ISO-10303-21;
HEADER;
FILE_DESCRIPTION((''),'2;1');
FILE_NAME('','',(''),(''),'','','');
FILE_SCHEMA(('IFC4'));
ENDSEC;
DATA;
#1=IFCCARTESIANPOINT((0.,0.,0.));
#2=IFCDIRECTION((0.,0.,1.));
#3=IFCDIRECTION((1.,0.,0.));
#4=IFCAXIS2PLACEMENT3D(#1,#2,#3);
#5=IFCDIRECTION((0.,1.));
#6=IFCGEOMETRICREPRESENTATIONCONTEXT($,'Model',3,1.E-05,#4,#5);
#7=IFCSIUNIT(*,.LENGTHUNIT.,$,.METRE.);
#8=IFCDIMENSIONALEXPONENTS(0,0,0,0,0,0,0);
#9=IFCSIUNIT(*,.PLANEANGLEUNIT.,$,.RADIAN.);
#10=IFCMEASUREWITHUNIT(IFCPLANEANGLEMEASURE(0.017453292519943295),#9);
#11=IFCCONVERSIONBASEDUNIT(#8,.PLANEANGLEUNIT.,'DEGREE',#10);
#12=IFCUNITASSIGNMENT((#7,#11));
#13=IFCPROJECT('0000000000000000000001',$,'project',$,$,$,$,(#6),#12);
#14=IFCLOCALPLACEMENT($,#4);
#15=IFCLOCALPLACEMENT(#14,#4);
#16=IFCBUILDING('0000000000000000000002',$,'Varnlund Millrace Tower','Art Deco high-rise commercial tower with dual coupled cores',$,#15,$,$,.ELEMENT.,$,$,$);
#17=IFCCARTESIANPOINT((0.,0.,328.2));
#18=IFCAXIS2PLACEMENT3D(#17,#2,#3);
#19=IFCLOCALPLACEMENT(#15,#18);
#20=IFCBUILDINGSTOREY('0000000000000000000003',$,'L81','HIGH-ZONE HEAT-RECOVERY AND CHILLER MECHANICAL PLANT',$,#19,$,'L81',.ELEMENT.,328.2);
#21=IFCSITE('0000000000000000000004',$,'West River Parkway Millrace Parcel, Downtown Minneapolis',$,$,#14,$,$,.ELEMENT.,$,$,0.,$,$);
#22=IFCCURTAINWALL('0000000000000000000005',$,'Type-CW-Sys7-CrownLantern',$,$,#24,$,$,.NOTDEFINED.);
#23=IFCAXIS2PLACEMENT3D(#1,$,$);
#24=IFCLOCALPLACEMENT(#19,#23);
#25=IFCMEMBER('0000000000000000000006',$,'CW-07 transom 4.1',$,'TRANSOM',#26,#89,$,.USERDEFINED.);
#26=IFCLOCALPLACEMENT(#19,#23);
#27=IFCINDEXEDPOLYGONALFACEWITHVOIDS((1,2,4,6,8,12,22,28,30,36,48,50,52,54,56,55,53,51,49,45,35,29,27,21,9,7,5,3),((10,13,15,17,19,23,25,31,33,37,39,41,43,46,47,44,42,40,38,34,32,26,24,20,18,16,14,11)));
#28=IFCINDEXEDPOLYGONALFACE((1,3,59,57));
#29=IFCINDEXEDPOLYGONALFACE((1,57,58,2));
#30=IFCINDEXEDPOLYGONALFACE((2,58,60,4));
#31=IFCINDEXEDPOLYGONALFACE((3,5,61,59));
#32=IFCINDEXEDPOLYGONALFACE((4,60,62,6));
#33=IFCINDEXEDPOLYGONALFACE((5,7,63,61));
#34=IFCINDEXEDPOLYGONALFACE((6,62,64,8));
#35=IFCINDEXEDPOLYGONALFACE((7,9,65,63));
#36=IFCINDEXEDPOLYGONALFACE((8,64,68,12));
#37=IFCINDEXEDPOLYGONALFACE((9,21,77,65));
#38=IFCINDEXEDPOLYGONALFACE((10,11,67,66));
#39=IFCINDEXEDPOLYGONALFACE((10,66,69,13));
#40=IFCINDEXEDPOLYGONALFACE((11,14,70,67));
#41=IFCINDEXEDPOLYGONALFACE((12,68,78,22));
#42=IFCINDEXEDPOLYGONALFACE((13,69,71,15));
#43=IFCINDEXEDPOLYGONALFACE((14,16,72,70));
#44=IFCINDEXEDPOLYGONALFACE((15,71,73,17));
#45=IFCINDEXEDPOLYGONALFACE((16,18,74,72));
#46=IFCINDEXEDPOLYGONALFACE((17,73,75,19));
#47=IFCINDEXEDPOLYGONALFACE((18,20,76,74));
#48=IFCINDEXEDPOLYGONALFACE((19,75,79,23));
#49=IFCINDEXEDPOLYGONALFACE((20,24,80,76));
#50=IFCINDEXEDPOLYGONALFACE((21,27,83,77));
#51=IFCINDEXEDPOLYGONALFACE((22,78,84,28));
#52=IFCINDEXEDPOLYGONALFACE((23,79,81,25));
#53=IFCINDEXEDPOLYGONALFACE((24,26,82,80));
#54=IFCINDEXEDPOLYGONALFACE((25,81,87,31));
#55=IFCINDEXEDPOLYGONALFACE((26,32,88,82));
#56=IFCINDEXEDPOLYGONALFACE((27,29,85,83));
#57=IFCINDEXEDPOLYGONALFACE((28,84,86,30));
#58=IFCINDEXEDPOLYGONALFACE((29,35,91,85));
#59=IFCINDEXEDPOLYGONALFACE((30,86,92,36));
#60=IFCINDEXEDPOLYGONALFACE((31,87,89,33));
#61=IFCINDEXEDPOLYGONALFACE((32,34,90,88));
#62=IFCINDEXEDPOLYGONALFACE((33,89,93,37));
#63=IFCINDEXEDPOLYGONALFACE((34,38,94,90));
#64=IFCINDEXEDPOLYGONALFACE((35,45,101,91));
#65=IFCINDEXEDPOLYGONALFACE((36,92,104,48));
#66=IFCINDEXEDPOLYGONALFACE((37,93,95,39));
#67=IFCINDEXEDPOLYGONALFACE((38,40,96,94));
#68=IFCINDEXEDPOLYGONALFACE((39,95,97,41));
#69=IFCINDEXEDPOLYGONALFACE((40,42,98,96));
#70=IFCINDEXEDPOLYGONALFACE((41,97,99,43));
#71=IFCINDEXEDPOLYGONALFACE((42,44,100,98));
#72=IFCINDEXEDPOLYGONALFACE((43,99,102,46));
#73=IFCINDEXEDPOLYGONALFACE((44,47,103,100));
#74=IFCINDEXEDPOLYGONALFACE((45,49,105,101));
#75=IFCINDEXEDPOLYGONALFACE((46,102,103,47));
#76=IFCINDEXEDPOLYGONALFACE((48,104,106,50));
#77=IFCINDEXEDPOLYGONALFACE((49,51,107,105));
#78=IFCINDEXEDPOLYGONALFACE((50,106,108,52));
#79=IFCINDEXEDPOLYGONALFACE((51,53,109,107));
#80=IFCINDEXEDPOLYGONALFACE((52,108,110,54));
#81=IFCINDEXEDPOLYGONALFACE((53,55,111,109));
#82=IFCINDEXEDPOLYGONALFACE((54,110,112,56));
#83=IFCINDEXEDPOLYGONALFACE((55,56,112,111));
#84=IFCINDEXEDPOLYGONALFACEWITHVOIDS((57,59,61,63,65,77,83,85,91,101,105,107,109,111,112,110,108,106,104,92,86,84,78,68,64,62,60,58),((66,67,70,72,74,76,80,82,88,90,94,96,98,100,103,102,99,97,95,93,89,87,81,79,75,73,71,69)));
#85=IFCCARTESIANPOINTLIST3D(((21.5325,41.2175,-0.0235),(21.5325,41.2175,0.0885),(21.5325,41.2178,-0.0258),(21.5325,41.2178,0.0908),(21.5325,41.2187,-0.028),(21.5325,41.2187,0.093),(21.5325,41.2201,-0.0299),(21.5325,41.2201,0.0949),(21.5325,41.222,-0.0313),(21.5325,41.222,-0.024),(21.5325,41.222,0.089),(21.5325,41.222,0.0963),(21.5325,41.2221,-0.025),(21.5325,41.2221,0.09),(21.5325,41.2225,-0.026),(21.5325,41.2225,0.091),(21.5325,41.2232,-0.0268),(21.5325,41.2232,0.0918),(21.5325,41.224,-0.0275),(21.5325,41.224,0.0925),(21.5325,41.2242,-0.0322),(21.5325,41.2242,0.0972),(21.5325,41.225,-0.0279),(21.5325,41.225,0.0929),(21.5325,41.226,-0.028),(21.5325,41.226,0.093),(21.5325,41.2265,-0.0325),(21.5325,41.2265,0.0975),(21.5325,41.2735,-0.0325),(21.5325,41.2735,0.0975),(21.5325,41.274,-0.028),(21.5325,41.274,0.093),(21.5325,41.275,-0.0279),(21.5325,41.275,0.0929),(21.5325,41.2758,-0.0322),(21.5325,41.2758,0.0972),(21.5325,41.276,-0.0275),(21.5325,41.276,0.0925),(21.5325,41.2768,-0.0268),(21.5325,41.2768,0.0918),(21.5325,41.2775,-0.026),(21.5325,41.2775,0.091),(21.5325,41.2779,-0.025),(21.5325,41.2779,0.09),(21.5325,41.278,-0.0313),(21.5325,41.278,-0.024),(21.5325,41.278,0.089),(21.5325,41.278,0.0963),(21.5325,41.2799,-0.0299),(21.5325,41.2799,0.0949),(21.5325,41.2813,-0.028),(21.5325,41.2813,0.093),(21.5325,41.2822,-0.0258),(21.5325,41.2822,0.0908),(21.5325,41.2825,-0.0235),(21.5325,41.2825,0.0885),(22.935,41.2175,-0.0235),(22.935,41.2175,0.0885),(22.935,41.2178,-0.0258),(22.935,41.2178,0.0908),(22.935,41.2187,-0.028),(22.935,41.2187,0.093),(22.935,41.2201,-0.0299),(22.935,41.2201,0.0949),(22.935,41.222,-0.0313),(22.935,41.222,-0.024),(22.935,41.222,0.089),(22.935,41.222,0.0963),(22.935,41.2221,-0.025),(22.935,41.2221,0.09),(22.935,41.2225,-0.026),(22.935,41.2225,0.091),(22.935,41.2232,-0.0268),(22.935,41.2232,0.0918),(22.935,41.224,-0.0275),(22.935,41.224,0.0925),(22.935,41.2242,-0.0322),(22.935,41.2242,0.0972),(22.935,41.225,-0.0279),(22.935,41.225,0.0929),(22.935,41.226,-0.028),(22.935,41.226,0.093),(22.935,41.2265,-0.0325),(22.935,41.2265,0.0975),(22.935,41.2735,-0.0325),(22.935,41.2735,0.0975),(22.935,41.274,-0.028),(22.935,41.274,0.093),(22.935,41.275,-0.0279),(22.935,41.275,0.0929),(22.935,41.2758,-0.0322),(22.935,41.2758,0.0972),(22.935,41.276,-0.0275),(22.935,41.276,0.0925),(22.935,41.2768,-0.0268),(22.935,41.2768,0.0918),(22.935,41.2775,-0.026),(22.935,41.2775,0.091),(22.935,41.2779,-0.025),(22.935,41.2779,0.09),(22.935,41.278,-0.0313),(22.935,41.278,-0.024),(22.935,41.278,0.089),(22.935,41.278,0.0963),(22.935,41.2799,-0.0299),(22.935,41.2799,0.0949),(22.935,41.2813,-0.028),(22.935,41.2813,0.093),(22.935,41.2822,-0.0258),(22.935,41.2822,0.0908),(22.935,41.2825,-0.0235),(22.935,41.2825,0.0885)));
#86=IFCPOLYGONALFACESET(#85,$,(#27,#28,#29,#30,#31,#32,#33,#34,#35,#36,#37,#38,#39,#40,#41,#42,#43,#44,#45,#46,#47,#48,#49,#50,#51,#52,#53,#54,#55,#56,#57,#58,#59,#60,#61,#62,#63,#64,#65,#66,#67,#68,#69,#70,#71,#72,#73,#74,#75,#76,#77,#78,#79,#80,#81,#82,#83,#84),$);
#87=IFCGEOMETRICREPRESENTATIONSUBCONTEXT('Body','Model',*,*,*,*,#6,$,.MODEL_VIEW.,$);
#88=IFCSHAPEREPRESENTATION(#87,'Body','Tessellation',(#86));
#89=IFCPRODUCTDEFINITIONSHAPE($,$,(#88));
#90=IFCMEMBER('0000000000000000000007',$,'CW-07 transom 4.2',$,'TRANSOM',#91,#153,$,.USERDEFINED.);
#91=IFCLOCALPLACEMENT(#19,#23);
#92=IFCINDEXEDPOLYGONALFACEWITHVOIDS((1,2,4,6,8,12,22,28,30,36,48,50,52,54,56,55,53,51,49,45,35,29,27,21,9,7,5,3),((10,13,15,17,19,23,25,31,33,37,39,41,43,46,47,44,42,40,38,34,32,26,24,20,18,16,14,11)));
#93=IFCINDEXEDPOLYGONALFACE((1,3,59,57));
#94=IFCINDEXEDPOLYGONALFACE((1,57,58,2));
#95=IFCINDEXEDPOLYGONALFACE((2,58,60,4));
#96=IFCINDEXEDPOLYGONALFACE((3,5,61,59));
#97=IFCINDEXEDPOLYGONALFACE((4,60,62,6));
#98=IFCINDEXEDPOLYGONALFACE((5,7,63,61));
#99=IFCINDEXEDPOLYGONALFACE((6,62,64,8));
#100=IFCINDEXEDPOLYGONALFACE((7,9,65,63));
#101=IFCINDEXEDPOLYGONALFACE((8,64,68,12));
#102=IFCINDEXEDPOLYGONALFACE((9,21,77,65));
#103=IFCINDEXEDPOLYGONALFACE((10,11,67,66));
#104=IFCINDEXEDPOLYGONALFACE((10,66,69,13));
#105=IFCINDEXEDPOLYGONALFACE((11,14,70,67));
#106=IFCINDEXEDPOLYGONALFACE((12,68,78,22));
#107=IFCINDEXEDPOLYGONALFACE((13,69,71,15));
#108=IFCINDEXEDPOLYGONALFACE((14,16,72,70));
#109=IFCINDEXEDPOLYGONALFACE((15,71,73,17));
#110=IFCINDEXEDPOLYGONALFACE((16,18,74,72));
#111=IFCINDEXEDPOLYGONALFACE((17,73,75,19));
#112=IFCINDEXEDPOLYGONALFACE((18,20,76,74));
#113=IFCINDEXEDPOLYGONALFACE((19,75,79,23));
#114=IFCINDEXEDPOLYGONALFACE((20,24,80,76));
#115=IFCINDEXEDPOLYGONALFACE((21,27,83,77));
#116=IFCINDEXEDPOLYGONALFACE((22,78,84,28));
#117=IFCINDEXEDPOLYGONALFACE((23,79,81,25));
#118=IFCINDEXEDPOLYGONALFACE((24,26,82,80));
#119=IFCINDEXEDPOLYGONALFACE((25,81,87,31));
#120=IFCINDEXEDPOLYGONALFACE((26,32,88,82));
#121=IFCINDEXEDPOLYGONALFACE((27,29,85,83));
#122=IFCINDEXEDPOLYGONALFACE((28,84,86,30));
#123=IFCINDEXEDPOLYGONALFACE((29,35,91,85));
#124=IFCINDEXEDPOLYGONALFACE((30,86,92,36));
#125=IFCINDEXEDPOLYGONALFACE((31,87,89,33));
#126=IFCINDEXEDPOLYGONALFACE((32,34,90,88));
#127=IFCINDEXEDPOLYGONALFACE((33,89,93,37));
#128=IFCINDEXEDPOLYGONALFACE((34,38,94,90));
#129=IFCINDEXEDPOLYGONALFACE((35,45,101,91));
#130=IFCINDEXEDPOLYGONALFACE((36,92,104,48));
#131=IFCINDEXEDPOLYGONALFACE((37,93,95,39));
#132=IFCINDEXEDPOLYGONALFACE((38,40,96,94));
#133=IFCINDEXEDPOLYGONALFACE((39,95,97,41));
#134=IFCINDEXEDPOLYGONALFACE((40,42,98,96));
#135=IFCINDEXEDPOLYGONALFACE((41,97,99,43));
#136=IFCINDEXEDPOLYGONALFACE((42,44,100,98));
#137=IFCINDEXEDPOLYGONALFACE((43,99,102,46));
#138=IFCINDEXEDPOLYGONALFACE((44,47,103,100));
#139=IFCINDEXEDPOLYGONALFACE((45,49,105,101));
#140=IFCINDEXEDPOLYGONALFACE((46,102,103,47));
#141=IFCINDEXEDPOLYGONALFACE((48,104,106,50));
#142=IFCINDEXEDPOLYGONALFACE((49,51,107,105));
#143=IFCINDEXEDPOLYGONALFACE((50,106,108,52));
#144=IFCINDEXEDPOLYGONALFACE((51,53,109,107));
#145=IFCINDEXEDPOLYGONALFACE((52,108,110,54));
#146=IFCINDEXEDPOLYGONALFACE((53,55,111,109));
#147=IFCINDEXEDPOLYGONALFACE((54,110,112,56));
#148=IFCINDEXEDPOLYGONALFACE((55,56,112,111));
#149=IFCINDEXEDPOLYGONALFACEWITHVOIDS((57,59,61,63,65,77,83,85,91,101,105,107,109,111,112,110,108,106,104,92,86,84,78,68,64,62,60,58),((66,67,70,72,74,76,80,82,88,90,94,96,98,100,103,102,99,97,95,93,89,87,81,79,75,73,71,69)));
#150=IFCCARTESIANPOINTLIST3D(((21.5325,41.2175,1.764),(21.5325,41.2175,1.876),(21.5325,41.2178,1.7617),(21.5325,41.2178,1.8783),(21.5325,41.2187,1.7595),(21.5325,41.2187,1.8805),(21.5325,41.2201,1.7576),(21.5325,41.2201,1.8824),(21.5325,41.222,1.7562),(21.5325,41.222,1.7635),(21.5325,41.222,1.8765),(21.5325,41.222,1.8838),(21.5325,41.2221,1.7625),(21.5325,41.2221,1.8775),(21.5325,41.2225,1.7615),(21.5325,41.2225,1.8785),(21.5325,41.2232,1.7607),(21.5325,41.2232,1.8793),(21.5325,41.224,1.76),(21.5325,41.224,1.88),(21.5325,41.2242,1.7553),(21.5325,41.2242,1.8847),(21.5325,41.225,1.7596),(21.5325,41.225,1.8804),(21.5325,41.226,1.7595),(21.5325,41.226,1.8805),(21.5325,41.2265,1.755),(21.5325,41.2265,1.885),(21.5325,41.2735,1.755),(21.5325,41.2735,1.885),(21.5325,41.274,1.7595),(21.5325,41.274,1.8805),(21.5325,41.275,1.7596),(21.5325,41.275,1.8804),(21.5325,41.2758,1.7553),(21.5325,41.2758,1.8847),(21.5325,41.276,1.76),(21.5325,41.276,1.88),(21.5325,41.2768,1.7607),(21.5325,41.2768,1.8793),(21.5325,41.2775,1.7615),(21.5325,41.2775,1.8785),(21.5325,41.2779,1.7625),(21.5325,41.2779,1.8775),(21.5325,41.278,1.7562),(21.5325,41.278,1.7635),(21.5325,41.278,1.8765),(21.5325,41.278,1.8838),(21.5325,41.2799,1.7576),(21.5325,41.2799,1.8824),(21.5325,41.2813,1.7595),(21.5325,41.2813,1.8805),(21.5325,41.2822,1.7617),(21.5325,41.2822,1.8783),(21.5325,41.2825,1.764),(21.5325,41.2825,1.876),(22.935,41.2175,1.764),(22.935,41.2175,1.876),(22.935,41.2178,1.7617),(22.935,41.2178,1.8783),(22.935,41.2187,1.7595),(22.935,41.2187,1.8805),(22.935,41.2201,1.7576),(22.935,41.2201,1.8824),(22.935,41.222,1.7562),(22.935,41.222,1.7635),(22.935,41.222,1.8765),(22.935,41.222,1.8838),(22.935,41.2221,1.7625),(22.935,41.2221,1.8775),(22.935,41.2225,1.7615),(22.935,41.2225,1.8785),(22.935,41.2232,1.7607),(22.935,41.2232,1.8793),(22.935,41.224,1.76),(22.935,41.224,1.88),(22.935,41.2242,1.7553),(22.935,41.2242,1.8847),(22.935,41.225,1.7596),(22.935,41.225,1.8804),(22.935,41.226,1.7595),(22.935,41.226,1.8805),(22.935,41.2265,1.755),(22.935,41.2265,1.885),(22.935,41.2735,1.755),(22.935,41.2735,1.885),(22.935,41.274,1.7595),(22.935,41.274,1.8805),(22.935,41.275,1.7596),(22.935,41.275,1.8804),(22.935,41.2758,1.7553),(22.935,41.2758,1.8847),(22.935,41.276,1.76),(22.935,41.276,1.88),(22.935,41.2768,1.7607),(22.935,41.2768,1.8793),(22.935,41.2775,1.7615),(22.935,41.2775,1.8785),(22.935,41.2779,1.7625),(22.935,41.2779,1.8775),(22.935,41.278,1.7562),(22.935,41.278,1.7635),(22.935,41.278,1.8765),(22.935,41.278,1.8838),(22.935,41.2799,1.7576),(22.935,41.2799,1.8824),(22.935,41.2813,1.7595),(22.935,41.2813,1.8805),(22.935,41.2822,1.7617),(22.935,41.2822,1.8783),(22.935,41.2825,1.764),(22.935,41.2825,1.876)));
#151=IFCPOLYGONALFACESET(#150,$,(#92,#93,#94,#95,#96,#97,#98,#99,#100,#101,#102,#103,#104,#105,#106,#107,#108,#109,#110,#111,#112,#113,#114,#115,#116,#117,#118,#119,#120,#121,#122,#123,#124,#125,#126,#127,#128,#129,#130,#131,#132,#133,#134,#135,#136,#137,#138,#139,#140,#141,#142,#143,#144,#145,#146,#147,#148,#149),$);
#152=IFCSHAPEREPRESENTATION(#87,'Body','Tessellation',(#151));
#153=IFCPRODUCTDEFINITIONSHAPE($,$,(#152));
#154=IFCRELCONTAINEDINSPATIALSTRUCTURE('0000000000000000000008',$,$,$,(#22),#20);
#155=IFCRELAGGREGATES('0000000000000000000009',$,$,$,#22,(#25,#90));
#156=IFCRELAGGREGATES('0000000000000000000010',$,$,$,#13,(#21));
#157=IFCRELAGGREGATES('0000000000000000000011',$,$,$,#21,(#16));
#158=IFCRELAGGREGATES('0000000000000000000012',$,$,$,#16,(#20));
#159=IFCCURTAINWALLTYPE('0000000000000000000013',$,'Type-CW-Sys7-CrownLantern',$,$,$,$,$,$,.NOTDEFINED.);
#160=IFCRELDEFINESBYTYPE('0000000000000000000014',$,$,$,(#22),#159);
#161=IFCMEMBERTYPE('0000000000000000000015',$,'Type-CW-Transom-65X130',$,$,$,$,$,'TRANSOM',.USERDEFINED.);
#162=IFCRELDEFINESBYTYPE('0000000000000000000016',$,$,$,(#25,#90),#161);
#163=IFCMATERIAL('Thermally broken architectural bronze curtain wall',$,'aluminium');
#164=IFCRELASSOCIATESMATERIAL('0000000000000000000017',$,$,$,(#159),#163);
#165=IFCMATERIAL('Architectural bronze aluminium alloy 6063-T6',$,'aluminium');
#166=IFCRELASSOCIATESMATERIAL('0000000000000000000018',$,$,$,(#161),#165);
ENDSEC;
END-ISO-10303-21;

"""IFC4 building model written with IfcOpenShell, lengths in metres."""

from ifc_helpers import new_model, entity, si_unit, converted_unit, direction, frame, origin_with_axes, origin_2d_with_axis, place, context, subcontext, project, spatial, hollow_rectangle, extrude, material, material_profile, profile_set, type_object, element, aggregate, save


model = new_model("IFC4")

# Units and contexts
model_context = context("Model", 3, precision=1e-05, world=origin_with_axes(), true_north=direction((0.0, 1.0)))
body_context = subcontext(model_context, "Body", "Model", "MODEL_VIEW")
ifc_project = project(units=[si_unit("LENGTHUNIT", "METRE"), converted_unit("PLANEANGLEUNIT", "DEGREE", entity("IfcPlaneAngleMeasure", 0.017453292519943295), si_unit("PLANEANGLEUNIT", "RADIAN"), dimensions=[0, 0, 0, 0, 0, 0, 0])], contexts=[model_context])

# Site, building, storey
site_placement = place(None, origin_with_axes())
site = spatial("IfcSite", under=ifc_project, at=site_placement, Name="West River Parkway Millrace Parcel, Downtown Minneapolis", CompositionType="ELEMENT", RefElevation=0.0)
building_placement = place(site_placement, origin_with_axes())
building = spatial("IfcBuilding", under=site, at=building_placement, Name="Varnlund Millrace Tower", Description="Art Deco high-rise commercial tower with dual coupled cores", CompositionType="ELEMENT")
storey_placement = place(building_placement, frame((0.0, 0.0, 328.2), z_axis=(0.0, 0.0, 1.0), x_axis=(1.0, 0.0, 0.0)))
storey = spatial("IfcBuildingStorey", under=building, at=storey_placement, Name="L81", Description="HIGH-ZONE HEAT-RECOVERY AND CHILLER MECHANICAL PLANT", LongName="L81", CompositionType="ELEMENT", Elevation=328.2)

# Curtain wall, members
ifc_material_1 = material(Name="Thermally broken architectural bronze curtain wall", Category="aluminium")
curtain_wall_type = type_object("IfcCurtainWallType", Name="Type-CW-Sys7-CrownLantern", PredefinedType="NOTDEFINED", material=ifc_material_1)
ifc_material_2 = material(Name="Architectural bronze aluminium alloy 6063-T6", Category="aluminium")
ifc_material_profile_1 = material_profile(ifc_material_2, hollow_rectangle(XDim=0.065, YDim=0.13, WallThickness=0.0045, InnerFilletRadius=0.004, OuterFilletRadius=0.009, at=origin_2d_with_axis()), Name="Architectural bronze aluminium alloy 6063-T6")
ifc_profile_set_1 = profile_set([ifc_material_profile_1], Name="Architectural bronze aluminium alloy 6063-T6")
member_type = type_object("IfcMemberType", Name="Type-CW-Transom-65X130", ElementType="TRANSOM", PredefinedType="USERDEFINED", material=ifc_profile_set_1)
curtain_wall_1_placement = place(storey_placement, frame((17.0, 41.25, 0.0), z_axis=(0.0, 0.0, 1.0), x_axis=(1.0, 0.0, 0.0)))
curtain_wall_1 = element("IfcCurtainWall", 1, at=curtain_wall_1_placement, inside=storey, type_object=curtain_wall_type, Name="Type-CW-Sys7-CrownLantern", PredefinedType="NOTDEFINED")
member_1_placement = place(storey_placement, frame((21.5325, 41.25, 0.0325), z_axis=(1.0, 0.0, 0.0), x_axis=(0.0, 1.0, 0.0)))
member_1 = element("IfcMember", 2, at=member_1_placement, type_object=member_type, Name="CW-07 transom 4.1", ObjectType="TRANSOM", PredefinedType="USERDEFINED", context=body_context, shape_type="SweptSolid", body=[
    extrude(hollow_rectangle(XDim=0.065, YDim=0.13, WallThickness=0.0045, InnerFilletRadius=0.004, OuterFilletRadius=0.009, at=origin_2d_with_axis()), origin_with_axes(), (0.0, 0.0, 1.0), 1.4025),
])
member_2_placement = place(storey_placement, frame((21.5325, 41.25, 1.82), z_axis=(1.0, 0.0, 0.0), x_axis=(0.0, 1.0, 0.0)))
member_2 = element("IfcMember", 3, at=member_2_placement, type_object=member_type, Name="CW-07 transom 4.2", ObjectType="TRANSOM", PredefinedType="USERDEFINED", context=body_context, shape_type="SweptSolid", body=[
    extrude(hollow_rectangle(XDim=0.065, YDim=0.13, WallThickness=0.0045, InnerFilletRadius=0.004, OuterFilletRadius=0.009, at=origin_2d_with_axis()), origin_with_axes(), (0.0, 0.0, 1.0), 1.4025),
])

aggregate(curtain_wall_1, [member_1, member_2])

save(model, "model.ifc")
